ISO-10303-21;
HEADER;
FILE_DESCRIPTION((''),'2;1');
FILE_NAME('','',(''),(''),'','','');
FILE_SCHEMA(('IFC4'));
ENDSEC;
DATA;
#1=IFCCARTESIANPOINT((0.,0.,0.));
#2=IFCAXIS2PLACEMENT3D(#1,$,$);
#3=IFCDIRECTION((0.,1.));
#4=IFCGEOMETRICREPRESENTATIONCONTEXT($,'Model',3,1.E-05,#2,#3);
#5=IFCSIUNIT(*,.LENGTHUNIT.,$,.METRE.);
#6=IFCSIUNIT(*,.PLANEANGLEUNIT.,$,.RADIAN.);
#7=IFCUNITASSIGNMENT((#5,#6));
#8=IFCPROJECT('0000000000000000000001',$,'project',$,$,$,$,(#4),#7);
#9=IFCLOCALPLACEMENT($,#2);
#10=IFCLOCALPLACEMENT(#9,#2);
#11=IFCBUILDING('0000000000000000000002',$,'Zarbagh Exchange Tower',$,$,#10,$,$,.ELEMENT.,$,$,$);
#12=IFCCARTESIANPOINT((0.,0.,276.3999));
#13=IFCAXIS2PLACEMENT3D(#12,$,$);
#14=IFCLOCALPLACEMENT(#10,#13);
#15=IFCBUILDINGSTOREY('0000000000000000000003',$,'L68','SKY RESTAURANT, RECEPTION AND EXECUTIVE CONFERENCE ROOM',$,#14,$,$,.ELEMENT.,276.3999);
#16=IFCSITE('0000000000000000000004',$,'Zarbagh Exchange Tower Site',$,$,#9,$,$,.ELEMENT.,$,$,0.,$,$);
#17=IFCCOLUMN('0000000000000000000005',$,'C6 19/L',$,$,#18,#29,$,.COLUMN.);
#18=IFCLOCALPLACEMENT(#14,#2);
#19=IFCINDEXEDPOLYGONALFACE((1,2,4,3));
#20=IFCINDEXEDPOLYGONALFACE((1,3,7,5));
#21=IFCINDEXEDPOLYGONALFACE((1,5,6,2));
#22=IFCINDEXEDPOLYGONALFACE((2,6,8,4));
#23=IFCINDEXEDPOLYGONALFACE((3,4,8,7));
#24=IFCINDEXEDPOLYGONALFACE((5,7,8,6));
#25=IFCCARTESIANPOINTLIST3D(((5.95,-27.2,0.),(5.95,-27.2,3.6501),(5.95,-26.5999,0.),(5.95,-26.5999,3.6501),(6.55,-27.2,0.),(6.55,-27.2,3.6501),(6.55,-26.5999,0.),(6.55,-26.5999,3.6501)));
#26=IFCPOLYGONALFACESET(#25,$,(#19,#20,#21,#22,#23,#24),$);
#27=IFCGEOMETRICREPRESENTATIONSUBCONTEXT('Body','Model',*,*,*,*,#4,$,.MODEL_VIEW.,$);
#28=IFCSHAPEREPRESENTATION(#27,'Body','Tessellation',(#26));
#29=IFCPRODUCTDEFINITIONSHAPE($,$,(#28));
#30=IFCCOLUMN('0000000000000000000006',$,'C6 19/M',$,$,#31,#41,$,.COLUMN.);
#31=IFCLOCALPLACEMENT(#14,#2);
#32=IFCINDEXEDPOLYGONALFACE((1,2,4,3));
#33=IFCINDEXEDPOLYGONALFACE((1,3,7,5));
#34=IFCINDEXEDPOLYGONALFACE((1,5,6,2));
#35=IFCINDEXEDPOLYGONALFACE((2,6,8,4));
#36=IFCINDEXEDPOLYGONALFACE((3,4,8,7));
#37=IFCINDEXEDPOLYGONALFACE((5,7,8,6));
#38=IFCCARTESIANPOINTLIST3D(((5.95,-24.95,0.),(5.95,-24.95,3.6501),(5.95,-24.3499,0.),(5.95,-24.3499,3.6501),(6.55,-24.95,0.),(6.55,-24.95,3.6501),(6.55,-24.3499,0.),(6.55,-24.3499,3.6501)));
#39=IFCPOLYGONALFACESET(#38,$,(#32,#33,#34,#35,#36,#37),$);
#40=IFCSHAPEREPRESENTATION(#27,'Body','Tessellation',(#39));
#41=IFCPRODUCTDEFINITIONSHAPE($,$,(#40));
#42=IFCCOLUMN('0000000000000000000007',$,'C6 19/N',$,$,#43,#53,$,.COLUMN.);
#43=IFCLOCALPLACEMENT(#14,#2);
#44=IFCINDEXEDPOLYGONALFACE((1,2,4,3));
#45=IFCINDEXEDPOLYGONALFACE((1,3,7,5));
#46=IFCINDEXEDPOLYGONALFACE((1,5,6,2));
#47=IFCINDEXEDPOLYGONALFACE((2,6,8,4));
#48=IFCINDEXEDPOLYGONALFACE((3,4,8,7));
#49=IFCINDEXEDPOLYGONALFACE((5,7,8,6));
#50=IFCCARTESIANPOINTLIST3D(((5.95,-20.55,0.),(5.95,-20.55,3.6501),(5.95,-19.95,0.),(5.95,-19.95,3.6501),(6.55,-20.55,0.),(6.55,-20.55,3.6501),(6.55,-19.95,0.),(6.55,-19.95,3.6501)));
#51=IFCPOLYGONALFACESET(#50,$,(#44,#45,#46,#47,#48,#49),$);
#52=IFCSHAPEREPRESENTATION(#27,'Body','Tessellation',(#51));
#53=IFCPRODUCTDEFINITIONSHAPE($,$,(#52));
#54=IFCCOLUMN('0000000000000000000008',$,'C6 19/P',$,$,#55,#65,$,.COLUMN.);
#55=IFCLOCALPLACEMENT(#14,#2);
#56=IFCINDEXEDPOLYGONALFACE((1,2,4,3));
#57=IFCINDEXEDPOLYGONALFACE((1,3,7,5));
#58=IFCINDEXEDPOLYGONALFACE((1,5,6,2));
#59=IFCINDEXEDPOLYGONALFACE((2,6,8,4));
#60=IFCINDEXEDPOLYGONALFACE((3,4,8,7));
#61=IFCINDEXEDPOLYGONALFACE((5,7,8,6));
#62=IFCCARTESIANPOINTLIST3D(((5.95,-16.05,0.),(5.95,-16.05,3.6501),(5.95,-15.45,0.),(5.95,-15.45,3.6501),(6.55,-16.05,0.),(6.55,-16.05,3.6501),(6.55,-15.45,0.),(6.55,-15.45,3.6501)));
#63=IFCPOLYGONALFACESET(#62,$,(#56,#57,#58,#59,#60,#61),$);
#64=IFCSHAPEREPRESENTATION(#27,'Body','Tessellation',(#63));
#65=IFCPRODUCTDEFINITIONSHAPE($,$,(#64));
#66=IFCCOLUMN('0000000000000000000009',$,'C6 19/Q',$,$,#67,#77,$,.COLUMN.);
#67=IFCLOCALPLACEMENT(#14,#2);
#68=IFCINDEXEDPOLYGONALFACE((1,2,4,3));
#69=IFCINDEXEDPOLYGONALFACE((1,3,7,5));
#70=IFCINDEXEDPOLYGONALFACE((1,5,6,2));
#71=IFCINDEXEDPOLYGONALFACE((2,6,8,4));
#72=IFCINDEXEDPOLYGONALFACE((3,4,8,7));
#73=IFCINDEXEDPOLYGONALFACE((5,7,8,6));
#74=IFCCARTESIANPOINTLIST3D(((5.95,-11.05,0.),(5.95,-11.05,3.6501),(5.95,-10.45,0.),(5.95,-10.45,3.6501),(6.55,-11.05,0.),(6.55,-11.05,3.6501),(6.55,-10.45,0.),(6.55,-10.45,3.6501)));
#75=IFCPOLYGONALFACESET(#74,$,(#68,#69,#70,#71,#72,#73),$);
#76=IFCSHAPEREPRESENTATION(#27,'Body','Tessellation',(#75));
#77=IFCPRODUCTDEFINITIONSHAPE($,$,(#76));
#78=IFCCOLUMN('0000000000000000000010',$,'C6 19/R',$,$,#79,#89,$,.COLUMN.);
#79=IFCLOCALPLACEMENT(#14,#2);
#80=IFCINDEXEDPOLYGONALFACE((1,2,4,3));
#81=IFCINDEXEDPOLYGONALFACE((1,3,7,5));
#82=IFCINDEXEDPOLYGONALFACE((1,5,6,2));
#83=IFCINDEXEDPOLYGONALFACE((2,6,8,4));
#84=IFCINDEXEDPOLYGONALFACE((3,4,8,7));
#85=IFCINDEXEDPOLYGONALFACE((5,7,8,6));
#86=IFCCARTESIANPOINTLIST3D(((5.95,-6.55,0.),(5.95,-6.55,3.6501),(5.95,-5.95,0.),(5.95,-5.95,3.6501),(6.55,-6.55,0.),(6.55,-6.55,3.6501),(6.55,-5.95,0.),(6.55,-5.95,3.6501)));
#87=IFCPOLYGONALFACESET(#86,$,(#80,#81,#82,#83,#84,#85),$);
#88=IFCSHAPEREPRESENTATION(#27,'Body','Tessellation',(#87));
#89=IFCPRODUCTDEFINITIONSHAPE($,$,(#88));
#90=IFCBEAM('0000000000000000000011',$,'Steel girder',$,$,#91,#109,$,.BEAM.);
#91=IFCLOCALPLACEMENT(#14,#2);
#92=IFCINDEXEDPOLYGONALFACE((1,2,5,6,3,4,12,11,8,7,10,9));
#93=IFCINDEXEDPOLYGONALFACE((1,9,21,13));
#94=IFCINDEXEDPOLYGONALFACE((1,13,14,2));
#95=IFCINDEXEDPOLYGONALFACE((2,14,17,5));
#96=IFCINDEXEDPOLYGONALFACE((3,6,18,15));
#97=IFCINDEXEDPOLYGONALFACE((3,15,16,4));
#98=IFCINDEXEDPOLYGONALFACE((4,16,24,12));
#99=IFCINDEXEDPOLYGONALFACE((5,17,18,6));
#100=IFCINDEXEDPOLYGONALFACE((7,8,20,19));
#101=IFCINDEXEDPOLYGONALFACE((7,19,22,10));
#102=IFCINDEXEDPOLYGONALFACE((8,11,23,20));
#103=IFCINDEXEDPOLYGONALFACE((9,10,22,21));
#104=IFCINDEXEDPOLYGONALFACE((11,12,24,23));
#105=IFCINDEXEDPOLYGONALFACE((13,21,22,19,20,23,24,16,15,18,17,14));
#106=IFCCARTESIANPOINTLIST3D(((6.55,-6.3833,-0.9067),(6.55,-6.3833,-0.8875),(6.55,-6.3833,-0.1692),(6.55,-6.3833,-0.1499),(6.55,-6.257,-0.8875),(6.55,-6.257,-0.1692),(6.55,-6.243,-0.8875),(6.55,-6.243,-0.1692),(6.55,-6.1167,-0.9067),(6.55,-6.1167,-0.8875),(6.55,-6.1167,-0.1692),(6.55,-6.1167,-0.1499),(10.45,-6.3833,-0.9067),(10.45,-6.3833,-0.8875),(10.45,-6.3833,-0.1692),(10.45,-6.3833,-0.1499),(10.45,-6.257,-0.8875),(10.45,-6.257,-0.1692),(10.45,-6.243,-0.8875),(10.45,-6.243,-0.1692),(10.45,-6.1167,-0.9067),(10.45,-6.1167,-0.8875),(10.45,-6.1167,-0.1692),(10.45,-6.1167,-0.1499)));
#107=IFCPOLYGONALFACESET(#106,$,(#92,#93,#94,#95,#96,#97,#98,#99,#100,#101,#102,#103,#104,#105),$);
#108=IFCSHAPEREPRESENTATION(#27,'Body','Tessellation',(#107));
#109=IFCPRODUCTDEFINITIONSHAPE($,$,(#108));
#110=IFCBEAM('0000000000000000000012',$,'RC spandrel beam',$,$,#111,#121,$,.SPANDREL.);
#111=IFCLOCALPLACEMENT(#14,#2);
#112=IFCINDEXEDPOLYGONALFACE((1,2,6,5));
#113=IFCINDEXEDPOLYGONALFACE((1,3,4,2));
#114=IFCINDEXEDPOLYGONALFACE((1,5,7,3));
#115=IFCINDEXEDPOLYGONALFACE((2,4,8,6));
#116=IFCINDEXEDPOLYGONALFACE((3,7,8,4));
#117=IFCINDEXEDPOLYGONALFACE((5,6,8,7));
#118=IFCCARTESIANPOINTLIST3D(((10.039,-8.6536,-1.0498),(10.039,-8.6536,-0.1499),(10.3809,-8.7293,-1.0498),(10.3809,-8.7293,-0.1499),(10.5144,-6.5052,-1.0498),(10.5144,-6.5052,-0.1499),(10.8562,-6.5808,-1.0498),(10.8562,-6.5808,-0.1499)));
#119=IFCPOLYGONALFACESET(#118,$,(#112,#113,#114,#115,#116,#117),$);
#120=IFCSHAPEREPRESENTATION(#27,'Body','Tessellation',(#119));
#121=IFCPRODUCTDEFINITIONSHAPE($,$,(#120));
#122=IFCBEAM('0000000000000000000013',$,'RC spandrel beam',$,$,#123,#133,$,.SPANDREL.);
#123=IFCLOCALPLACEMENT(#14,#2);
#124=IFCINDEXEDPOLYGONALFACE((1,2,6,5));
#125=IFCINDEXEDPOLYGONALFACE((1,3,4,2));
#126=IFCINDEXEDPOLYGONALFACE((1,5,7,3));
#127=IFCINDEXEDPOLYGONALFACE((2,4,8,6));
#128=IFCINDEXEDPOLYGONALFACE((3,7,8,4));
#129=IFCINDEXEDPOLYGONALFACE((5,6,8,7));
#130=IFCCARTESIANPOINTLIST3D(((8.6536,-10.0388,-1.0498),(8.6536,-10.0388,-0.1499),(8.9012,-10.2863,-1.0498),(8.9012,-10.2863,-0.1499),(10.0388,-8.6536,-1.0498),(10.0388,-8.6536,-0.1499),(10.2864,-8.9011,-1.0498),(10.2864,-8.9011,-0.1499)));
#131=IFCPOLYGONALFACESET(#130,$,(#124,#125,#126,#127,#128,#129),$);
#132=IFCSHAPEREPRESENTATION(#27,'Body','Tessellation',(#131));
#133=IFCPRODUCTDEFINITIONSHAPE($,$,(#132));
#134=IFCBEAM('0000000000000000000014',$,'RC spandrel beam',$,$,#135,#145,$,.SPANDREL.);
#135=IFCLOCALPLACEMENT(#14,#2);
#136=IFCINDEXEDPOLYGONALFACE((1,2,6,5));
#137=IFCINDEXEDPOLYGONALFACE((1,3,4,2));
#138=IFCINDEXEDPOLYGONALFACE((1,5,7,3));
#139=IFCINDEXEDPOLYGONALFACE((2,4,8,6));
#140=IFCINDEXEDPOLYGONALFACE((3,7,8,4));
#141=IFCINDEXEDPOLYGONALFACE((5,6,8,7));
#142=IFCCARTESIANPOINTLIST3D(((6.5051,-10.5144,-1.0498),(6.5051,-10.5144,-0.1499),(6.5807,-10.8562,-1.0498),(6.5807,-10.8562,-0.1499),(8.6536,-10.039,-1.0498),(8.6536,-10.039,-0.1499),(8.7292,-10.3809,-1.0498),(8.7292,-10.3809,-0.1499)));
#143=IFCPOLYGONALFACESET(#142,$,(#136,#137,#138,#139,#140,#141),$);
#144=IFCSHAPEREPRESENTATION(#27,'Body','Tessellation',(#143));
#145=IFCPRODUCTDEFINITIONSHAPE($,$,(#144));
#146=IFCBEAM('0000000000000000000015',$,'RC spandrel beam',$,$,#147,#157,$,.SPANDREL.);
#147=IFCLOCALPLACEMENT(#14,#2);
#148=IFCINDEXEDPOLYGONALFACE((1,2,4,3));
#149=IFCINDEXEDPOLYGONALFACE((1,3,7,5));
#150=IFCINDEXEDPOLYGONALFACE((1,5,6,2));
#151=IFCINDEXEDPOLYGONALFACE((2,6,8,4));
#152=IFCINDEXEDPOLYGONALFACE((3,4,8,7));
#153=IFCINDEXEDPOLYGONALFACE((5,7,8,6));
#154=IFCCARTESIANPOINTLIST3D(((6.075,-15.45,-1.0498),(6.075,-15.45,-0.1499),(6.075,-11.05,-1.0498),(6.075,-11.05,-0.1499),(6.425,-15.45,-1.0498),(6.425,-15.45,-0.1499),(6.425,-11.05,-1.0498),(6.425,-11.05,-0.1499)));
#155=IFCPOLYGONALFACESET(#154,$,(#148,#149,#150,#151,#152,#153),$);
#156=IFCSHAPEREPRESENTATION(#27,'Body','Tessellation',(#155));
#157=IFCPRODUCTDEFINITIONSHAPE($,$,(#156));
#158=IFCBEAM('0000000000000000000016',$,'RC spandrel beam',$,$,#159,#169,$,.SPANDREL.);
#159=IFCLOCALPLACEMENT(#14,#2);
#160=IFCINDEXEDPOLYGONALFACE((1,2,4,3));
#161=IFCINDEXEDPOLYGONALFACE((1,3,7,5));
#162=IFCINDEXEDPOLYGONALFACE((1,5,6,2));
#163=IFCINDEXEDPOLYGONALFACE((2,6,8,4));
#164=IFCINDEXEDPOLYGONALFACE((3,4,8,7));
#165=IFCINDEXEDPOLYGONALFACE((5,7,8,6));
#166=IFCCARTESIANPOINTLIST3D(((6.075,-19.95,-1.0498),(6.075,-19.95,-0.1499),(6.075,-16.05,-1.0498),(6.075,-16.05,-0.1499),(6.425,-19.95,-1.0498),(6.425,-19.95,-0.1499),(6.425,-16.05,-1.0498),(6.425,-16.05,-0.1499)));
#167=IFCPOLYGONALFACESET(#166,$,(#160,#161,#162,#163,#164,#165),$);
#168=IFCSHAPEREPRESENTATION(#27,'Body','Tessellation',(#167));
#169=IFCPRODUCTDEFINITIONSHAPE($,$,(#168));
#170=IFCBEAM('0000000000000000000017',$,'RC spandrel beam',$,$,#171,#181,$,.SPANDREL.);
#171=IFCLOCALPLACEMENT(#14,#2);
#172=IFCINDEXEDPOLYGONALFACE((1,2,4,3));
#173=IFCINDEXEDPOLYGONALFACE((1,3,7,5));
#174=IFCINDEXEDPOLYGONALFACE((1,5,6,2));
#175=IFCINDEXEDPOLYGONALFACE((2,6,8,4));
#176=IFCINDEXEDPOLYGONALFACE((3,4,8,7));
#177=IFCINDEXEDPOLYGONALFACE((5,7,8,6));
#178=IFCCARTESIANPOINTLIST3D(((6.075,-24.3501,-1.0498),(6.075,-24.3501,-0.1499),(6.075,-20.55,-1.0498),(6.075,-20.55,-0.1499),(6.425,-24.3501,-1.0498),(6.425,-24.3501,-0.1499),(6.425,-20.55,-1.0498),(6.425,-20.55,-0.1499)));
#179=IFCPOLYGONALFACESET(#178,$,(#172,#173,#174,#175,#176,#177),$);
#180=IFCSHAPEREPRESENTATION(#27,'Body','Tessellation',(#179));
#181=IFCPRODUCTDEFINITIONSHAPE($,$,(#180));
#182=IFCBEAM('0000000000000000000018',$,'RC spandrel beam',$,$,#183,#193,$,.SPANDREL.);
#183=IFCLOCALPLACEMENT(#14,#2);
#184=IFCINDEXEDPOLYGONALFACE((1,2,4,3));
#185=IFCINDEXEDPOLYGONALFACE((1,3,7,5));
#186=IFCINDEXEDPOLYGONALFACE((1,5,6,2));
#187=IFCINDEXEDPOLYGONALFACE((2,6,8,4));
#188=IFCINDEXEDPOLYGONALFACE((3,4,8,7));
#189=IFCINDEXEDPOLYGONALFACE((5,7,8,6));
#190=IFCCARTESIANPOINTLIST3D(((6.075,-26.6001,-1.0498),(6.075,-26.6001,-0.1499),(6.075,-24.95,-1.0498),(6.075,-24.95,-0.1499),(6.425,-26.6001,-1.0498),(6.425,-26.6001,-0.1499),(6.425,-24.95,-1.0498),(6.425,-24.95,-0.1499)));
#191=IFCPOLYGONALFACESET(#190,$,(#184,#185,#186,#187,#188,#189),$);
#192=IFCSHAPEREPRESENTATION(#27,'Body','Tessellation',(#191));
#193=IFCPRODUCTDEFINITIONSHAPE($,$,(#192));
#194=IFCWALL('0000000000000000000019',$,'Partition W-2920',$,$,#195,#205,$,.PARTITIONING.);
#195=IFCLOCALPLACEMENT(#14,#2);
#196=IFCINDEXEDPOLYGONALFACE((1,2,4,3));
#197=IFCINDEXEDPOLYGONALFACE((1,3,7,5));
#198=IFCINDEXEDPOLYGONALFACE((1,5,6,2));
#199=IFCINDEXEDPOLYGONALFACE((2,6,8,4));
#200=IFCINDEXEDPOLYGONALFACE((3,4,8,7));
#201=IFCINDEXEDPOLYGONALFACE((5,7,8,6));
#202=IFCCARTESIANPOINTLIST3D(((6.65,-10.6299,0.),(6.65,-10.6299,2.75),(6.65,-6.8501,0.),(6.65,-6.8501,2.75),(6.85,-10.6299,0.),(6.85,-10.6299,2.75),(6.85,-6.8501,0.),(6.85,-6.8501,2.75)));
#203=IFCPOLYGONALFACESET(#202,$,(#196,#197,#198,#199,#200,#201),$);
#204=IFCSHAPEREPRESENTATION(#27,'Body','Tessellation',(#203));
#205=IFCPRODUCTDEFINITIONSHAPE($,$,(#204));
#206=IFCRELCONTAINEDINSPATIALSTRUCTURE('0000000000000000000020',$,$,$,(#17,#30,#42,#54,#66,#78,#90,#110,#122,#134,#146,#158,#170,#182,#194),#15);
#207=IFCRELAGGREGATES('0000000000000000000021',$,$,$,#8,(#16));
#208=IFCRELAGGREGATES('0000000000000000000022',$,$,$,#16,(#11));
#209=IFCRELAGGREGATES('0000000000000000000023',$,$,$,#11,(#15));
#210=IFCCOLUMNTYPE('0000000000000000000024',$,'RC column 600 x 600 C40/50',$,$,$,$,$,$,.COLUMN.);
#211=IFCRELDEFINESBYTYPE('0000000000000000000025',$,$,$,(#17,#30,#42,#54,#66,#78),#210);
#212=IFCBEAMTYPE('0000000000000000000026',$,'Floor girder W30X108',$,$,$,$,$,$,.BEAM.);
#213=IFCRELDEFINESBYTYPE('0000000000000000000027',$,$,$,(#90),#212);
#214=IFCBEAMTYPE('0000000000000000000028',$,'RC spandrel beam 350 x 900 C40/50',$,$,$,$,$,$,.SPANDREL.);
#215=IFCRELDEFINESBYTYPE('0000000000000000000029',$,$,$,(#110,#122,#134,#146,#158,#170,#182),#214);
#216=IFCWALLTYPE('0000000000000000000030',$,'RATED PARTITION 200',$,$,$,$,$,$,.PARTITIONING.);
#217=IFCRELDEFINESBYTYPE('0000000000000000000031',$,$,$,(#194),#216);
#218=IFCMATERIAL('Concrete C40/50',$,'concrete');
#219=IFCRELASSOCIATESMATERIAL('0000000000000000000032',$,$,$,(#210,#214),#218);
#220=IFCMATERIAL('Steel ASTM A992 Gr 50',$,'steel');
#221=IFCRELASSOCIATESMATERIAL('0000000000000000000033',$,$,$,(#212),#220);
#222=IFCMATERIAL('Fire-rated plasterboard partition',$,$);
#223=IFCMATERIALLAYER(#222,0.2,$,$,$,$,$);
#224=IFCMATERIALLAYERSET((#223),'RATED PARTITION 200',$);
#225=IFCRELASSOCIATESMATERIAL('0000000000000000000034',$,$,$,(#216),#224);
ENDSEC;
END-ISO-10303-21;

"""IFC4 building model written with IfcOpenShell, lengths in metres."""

from ifc_helpers import new_model, si_unit, direction, frame, frame_2d, origin, origin_2d, place, context, subcontext, project, spatial, rectangle, i_section, extrude, material, layer, layer_set, material_profile, profile_set, type_object, element, save


model = new_model("IFC4")

# Units and contexts
model_context = context("Model", 3, precision=1e-05, world=origin(), true_north=direction((0.0, 1.0)))
body_context = subcontext(model_context, "Body", "Model", "MODEL_VIEW")
ifc_project = project(units=[si_unit("LENGTHUNIT", "METRE"), si_unit("PLANEANGLEUNIT", "RADIAN")], contexts=[model_context])

# Site, building, storey
site_placement = place(None, origin())
site = spatial("IfcSite", under=ifc_project, at=site_placement, Name="Zarbagh Exchange Tower Site", CompositionType="ELEMENT", RefElevation=0.0)
building_placement = place(site_placement, origin())
building = spatial("IfcBuilding", under=site, at=building_placement, Name="Zarbagh Exchange Tower", CompositionType="ELEMENT")
storey_placement = place(building_placement, frame((0.0, 0.0, 276.3999)))
storey = spatial("IfcBuildingStorey", under=building, at=storey_placement, Name="L68", Description="SKY RESTAURANT, RECEPTION AND EXECUTIVE CONFERENCE ROOM", CompositionType="ELEMENT", Elevation=276.3999)

# Columns
ifc_material_1 = material(Name="Concrete C40/50", Category="concrete")
ifc_material_profile_1 = material_profile(ifc_material_1, rectangle(XDim=0.6001, YDim=0.6001, at=origin_2d()), Name="RC column 600 x 600 C40/50")
ifc_profile_set_1 = profile_set([ifc_material_profile_1], Name="Concrete C40/50")
column_type = type_object("IfcColumnType", Name="RC column 600 x 600 C40/50", PredefinedType="COLUMN", material=ifc_profile_set_1)
for number, where, z_axis, x_axis, name in (
    (1, (6.25, -26.8999, 0.0), (0.0, 0.0, 1.0), (1.0, 0.0, 0.0), "C6 19/L"),
    (2, (6.25, -24.6499, 0.0), (0.0, 0.0, 1.0), (1.0, 0.0, 0.0), "C6 19/M"),
    (3, (6.25, -20.25, 0.0), (0.0, 0.0, 1.0), (1.0, 0.0, 0.0), "C6 19/N"),
    (4, (6.25, -15.75, 0.0), (0.0, 0.0, 1.0), (1.0, 0.0, 0.0), "C6 19/P"),
    (5, (6.25, -10.75, 0.0), (0.0, 0.0, 1.0), (1.0, 0.0, 0.0), "C6 19/Q"),
    (6, (6.25, -6.25, 0.0), (0.0, 0.0, 1.0), (1.0, 0.0, 0.0), "C6 19/R"),
):
    element("IfcColumn", number, at=place(storey_placement, frame(where, z_axis=z_axis, x_axis=x_axis)), inside=storey, type_object=column_type, Name=name, PredefinedType="COLUMN", context=body_context, shape_type="SweptSolid", body=[
        extrude(rectangle(XDim=0.6001, YDim=0.6001, at=origin_2d()), origin(), (0.0, 0.0, 1.0), 3.6501),
    ])

# Beams
ifc_material_2 = material(Name="Steel ASTM A992 Gr 50", Category="steel")
ifc_material_profile_2 = material_profile(ifc_material_2, i_section(OverallWidth=0.2666, OverallDepth=0.7568, WebThickness=0.0139, FlangeThickness=0.0193, at=origin_2d()), Name="W30X108")
ifc_profile_set_2 = profile_set([ifc_material_profile_2], Name="Steel ASTM A992 Gr 50")
beam_type_1 = type_object("IfcBeamType", Name="Floor girder W30X108", PredefinedType="BEAM", material=ifc_profile_set_2)
beam_1_placement = place(storey_placement, frame((6.55, -6.25, -0.5283), z_axis=(1.0, 0.0, 0.0), x_axis=(0.0, 1.0, 0.0)))
element("IfcBeam", 7, at=beam_1_placement, inside=storey, type_object=beam_type_1, Name="Steel girder", PredefinedType="BEAM", context=body_context, shape_type="SweptSolid", body=[
    extrude(i_section(OverallWidth=0.2666, OverallDepth=0.7568, WebThickness=0.0139, FlangeThickness=0.0193, at=origin_2d()), origin(), (0.0, 0.0, 1.0), 3.8999),
])
ifc_material_profile_3 = material_profile(ifc_material_1, rectangle(XDim=0.3501, YDim=0.8999, at=origin_2d()), Name="RC spandrel beam 350 x 900 C40/50")
ifc_profile_set_3 = profile_set([ifc_material_profile_3], Name="Concrete C40/50")
beam_type_2 = type_object("IfcBeamType", Name="RC spandrel beam 350 x 900 C40/50", PredefinedType="SPANDREL", material=ifc_profile_set_3)
beam_2_placement = place(storey_placement, frame((10.6853, -6.543, -0.5999), z_axis=(-0.216026, -0.976388, 0.0), x_axis=(0.976388, -0.216026, 0.0)))
element("IfcBeam", 8, at=beam_2_placement, inside=storey, type_object=beam_type_2, Name="RC spandrel beam", PredefinedType="SPANDREL", context=body_context, shape_type="SweptSolid", body=[
    extrude(rectangle(XDim=0.3501, YDim=0.8999, at=origin_2d()), origin(), (0.0, 0.0, 1.0), 2.2004),
])
beam_3_placement = place(storey_placement, frame((10.1626, -8.7773, -0.5999), z_axis=(-0.707107, -0.707107, 0.0), x_axis=(0.707107, -0.707107, 0.0)))
element("IfcBeam", 9, at=beam_3_placement, inside=storey, type_object=beam_type_2, Name="RC spandrel beam", PredefinedType="SPANDREL", context=body_context, shape_type="SweptSolid", body=[
    extrude(rectangle(XDim=0.3501, YDim=0.8999, at=origin_2d()), origin(), (0.0, 0.0, 1.0), 1.959),
])
beam_4_placement = place(storey_placement, frame((8.6914, -10.21, -0.5999), z_axis=(-0.976388, -0.216026, 0.0), x_axis=(0.216026, -0.976388, 0.0)))
element("IfcBeam", 10, at=beam_4_placement, inside=storey, type_object=beam_type_2, Name="RC spandrel beam", PredefinedType="SPANDREL", context=body_context, shape_type="SweptSolid", body=[
    extrude(rectangle(XDim=0.3501, YDim=0.8999, at=origin_2d()), origin(), (0.0, 0.0, 1.0), 2.2004),
])
beam_5_placement = place(storey_placement, frame((6.25, -11.05, -0.5999), z_axis=(0.0, -1.0, 0.0), x_axis=(1.0, 0.0, 0.0)))
element("IfcBeam", 11, at=beam_5_placement, inside=storey, type_object=beam_type_2, Name="RC spandrel beam", PredefinedType="SPANDREL", context=body_context, shape_type="SweptSolid", body=[
    extrude(rectangle(XDim=0.3501, YDim=0.8999, at=origin_2d()), origin(), (0.0, 0.0, 1.0), 4.3999),
])
beam_6_placement = place(storey_placement, frame((6.25, -16.05, -0.5999), z_axis=(0.0, -1.0, 0.0), x_axis=(1.0, 0.0, 0.0)))
element("IfcBeam", 12, at=beam_6_placement, inside=storey, type_object=beam_type_2, Name="RC spandrel beam", PredefinedType="SPANDREL", context=body_context, shape_type="SweptSolid", body=[
    extrude(rectangle(XDim=0.3501, YDim=0.8999, at=origin_2d()), origin(), (0.0, 0.0, 1.0), 3.8999),
])
beam_7_placement = place(storey_placement, frame((6.25, -20.55, -0.5999), z_axis=(0.0, -1.0, 0.0), x_axis=(1.0, 0.0, 0.0)))
element("IfcBeam", 13, at=beam_7_placement, inside=storey, type_object=beam_type_2, Name="RC spandrel beam", PredefinedType="SPANDREL", context=body_context, shape_type="SweptSolid", body=[
    extrude(rectangle(XDim=0.3501, YDim=0.8999, at=origin_2d()), origin(), (0.0, 0.0, 1.0), 3.8),
])
beam_8_placement = place(storey_placement, frame((6.25, -24.95, -0.5999), z_axis=(0.0, -1.0, 0.0), x_axis=(1.0, 0.0, 0.0)))
element("IfcBeam", 14, at=beam_8_placement, inside=storey, type_object=beam_type_2, Name="RC spandrel beam", PredefinedType="SPANDREL", context=body_context, shape_type="SweptSolid", body=[
    extrude(rectangle(XDim=0.3501, YDim=0.8999, at=origin_2d()), origin(), (0.0, 0.0, 1.0), 1.6501),
])

# Wall
ifc_material_3 = material(Name="Fire-rated plasterboard partition")
ifc_layer_1 = layer(ifc_material_3, 0.2)
ifc_layer_set_1 = layer_set([ifc_layer_1], Name="RATED PARTITION 200")
wall_type_1 = type_object("IfcWallType", Name="RATED PARTITION 200", PredefinedType="PARTITIONING", material=ifc_layer_set_1)
wall_1_placement = place(storey_placement, frame((6.75, -10.6299, 0.0), z_axis=(0.0, 0.0, 1.0), x_axis=(0.0, 1.0, 0.0)))
element("IfcWall", 15, at=wall_1_placement, inside=storey, type_object=wall_type_1, Name="Partition W-2920", PredefinedType="PARTITIONING", context=body_context, shape_type="SweptSolid", body=[
    extrude(rectangle(XDim=3.7798, YDim=0.2, at=frame_2d((1.8899, 0.0))), origin(), (0.0, 0.0, 1.0), 2.75),
])

save(model, "model.ifc")
